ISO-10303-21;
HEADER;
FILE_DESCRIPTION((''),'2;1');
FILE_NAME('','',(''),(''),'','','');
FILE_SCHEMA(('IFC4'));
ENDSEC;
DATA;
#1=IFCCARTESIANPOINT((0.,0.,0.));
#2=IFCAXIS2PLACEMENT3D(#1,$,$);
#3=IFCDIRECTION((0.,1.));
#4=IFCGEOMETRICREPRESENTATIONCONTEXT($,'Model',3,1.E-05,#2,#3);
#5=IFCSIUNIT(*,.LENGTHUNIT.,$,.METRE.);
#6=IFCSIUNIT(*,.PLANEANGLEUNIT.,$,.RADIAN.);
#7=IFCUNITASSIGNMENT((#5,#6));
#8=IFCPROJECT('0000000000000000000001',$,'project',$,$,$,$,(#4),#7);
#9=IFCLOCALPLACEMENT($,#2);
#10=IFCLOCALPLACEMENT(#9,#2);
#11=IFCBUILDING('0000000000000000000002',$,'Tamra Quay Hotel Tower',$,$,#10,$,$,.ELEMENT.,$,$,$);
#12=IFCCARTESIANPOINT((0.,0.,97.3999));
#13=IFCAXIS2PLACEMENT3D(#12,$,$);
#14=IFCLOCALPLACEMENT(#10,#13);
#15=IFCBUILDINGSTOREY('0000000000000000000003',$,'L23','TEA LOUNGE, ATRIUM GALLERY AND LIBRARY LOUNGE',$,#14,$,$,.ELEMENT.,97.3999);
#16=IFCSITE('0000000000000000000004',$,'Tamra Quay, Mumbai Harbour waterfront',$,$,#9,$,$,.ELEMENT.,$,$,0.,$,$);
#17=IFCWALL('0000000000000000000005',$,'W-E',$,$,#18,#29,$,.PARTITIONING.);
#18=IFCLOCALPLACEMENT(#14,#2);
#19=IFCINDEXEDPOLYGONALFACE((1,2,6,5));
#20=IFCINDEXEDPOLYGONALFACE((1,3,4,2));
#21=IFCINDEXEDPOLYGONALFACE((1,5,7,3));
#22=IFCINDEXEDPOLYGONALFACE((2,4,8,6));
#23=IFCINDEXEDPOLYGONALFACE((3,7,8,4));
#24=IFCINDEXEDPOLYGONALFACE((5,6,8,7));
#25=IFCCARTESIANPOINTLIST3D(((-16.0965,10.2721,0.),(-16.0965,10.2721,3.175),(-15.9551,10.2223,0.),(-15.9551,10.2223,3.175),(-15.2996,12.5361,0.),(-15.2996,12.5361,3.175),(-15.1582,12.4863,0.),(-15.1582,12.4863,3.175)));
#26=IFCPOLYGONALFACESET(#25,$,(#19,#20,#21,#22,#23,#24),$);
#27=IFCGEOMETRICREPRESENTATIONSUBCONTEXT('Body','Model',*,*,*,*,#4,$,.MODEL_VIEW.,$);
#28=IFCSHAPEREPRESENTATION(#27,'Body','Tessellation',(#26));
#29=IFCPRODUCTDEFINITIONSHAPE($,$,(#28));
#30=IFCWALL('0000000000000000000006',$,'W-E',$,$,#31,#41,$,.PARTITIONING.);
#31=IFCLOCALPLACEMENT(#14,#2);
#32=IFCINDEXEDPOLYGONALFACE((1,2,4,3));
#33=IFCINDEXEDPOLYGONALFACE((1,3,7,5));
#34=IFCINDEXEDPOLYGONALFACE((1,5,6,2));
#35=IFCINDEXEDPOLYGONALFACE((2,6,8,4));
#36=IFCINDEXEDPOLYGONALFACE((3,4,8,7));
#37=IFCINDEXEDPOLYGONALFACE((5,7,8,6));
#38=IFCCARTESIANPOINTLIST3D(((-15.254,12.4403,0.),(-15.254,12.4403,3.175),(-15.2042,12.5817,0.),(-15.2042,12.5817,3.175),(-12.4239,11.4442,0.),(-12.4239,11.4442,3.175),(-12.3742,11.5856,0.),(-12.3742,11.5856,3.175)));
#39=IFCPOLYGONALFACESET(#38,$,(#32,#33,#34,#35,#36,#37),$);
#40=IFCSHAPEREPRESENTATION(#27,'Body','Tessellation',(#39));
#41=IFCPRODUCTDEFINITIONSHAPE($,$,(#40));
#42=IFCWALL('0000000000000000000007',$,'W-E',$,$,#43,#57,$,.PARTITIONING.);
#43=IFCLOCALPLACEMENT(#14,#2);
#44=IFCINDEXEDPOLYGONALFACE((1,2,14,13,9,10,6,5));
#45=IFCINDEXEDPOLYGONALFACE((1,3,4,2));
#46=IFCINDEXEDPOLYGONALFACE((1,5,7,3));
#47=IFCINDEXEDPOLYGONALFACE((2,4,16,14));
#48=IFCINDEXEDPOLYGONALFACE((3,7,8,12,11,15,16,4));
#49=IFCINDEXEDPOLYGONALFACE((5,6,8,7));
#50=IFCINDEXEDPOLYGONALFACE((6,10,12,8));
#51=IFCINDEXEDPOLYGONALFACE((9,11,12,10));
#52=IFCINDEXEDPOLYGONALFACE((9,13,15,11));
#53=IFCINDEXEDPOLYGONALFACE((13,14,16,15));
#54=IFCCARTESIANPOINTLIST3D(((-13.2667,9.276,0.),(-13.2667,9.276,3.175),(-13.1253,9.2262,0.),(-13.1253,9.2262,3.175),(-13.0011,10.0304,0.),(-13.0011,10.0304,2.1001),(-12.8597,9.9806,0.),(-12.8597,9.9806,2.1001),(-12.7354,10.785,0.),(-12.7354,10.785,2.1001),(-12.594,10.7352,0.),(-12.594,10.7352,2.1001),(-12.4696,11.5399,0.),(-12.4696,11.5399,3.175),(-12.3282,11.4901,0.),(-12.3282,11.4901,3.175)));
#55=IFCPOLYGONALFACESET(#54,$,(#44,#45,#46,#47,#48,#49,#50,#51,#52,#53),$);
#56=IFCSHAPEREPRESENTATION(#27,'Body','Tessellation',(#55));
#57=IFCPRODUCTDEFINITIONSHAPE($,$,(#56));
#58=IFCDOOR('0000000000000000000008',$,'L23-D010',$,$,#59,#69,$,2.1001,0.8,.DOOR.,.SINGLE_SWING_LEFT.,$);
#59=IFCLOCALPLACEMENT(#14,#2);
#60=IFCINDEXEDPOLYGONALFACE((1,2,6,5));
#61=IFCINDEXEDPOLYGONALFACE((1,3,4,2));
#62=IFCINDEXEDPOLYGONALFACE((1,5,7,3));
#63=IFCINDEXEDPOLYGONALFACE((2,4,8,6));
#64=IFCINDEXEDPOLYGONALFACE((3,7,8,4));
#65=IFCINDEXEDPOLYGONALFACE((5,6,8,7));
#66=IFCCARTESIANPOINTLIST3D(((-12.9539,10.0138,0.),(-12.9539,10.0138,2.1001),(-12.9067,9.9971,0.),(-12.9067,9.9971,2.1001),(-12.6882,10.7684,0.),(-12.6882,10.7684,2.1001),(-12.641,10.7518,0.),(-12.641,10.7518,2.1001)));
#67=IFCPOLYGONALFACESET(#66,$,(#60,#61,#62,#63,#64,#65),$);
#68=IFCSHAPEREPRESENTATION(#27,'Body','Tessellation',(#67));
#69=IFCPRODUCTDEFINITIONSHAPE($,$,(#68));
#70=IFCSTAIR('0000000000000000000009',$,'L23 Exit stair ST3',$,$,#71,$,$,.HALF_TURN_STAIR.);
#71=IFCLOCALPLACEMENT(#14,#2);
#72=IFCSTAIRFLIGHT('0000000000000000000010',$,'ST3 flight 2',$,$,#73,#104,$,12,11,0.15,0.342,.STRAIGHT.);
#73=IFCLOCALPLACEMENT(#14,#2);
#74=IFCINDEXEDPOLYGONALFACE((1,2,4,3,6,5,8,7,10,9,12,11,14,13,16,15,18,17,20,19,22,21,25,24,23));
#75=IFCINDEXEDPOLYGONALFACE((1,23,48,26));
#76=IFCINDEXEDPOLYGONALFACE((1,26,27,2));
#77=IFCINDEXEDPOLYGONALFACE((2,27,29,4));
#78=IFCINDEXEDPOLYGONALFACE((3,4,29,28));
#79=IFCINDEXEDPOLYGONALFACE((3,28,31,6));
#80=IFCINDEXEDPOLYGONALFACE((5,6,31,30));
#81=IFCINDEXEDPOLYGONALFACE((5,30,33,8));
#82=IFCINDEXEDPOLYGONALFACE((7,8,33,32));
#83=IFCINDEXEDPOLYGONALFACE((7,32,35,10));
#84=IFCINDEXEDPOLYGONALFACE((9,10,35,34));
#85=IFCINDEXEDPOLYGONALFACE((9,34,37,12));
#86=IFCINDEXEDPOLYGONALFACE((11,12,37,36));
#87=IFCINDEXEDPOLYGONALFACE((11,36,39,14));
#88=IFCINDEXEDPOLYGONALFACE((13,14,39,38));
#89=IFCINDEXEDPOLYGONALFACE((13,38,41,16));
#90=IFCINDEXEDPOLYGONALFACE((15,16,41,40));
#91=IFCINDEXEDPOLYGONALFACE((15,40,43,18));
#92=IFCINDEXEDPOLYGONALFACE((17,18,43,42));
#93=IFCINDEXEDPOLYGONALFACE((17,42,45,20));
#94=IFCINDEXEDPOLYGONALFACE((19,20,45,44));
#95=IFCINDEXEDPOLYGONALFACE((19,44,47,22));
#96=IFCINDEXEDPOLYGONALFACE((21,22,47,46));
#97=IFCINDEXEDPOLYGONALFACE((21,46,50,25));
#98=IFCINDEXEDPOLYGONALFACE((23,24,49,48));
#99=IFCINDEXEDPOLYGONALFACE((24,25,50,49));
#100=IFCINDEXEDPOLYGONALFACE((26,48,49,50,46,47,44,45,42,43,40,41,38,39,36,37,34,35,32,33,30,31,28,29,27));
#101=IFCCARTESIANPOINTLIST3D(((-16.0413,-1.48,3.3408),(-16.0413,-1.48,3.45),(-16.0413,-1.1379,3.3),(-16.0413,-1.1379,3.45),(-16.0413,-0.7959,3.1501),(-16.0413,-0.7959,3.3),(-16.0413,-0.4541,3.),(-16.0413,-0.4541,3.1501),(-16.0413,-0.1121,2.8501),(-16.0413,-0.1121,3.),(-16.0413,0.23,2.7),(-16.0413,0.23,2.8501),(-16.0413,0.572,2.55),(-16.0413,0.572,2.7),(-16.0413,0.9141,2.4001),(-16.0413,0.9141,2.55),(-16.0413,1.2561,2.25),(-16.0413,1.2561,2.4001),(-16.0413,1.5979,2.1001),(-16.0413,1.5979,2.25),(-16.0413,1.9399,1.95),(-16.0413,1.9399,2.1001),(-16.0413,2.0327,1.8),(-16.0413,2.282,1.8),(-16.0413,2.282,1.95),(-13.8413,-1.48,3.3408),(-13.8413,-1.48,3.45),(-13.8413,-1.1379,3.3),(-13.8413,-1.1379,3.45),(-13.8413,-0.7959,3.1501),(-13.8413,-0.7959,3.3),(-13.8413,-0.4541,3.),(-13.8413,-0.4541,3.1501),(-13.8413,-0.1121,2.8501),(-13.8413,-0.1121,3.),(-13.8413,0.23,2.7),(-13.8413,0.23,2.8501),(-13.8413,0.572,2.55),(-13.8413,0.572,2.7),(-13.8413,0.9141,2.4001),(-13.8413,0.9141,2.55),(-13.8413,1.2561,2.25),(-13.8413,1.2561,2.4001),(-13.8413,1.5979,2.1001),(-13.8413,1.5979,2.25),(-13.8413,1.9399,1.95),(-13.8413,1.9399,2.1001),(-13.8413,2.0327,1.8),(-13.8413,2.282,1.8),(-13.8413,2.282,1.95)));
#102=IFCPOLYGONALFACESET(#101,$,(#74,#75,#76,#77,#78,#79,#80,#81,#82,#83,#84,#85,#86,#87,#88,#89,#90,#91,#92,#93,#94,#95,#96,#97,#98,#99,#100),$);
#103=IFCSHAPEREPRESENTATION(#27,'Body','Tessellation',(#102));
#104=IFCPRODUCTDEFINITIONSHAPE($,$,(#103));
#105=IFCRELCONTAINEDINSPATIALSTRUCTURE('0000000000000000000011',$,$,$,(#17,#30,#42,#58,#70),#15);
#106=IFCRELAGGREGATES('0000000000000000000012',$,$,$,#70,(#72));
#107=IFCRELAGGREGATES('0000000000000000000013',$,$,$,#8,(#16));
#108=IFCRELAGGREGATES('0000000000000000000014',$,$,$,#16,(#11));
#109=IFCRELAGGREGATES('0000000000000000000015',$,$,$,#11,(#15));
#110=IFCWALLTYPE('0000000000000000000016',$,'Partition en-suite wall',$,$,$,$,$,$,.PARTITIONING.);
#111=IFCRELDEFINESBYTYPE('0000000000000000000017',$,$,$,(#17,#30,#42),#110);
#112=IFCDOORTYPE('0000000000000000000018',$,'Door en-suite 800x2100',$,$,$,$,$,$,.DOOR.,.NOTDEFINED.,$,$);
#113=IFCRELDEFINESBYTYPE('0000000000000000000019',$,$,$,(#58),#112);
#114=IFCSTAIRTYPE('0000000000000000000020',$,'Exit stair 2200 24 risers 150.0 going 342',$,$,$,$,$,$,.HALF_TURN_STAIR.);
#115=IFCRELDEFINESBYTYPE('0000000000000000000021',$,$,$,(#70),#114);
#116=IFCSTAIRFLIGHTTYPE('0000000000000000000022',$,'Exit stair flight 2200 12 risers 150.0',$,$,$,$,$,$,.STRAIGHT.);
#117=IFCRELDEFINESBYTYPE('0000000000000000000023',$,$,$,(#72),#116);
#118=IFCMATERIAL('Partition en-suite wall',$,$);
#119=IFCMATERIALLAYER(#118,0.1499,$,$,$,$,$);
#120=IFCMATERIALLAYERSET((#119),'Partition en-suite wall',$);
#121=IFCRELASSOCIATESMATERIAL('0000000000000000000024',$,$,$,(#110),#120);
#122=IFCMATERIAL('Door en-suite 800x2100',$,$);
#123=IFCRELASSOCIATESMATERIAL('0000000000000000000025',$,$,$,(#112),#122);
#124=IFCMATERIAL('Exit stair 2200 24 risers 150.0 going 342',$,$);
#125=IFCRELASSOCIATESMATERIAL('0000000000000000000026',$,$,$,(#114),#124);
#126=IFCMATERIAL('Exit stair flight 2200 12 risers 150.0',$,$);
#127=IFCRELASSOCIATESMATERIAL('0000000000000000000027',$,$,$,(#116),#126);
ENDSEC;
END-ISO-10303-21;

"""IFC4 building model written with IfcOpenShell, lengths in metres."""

from ifc_helpers import new_model, si_unit, direction, frame, frame_2d, origin, place, context, subcontext, project, spatial, polyline, rectangle, outline, extrude, material, layer, layer_set, type_object, element, fill, aggregate, save


model = new_model("IFC4")

# Units and contexts
model_context = context("Model", 3, precision=1e-05, world=origin(), true_north=direction((0.0, 1.0)))
body_context = subcontext(model_context, "Body", "Model", "MODEL_VIEW")
ifc_project = project(units=[si_unit("LENGTHUNIT", "METRE"), si_unit("PLANEANGLEUNIT", "RADIAN")], contexts=[model_context])

# Site, building, storey
site_placement = place(None, origin())
site = spatial("IfcSite", under=ifc_project, at=site_placement, Name="Tamra Quay, Mumbai Harbour waterfront", CompositionType="ELEMENT", RefElevation=0.0)
building_placement = place(site_placement, origin())
building = spatial("IfcBuilding", under=site, at=building_placement, Name="Tamra Quay Hotel Tower", CompositionType="ELEMENT")
storey_placement = place(building_placement, frame((0.0, 0.0, 97.3999)))
storey = spatial("IfcBuildingStorey", under=building, at=storey_placement, Name="L23", Description="TEA LOUNGE, ATRIUM GALLERY AND LIBRARY LOUNGE", CompositionType="ELEMENT", Elevation=97.3999)

# Walls
ifc_material_1 = material(Name="Partition en-suite wall")
ifc_layer_1 = layer(ifc_material_1, 0.1499)
ifc_layer_set_1 = layer_set([ifc_layer_1], Name="Partition en-suite wall")
wall_type_1 = type_object("IfcWallType", Name="Partition en-suite wall", PredefinedType="PARTITIONING", material=ifc_layer_set_1)
wall_1_placement = place(storey_placement, frame((-16.0259, 10.2471, 0.0), z_axis=(0.0, 0.0, 1.0), x_axis=(0.332022, 0.943272, 0.0)))
element("IfcWall", 1, at=wall_1_placement, inside=storey, type_object=wall_type_1, Name="W-E", PredefinedType="PARTITIONING", context=body_context, shape_type="SweptSolid", body=[
    extrude(rectangle(XDim=2.4001, YDim=0.1499, at=frame_2d((1.2002, 0.0))), origin(), (0.0, 0.0, 1.0), 3.175),
])
wall_2_placement = place(storey_placement, frame((-15.229, 12.511, 0.0), z_axis=(0.0, 0.0, 1.0), x_axis=(0.943278, -0.332003, 0.0)))
element("IfcWall", 2, at=wall_2_placement, inside=storey, type_object=wall_type_1, Name="W-E", PredefinedType="PARTITIONING", context=body_context, shape_type="SweptSolid", body=[
    extrude(rectangle(XDim=3.0002, YDim=0.1499, at=frame_2d((1.5, 0.0))), origin(), (0.0, 0.0, 1.0), 3.175),
])

# Wall, opening, door
wall_3_placement = place(storey_placement, frame((-13.196, 9.251, 0.0), z_axis=(0.0, 0.0, 1.0), x_axis=(0.332112, 0.94324, 0.0)))
wall_3 = element("IfcWall", 3, at=wall_3_placement, inside=storey, type_object=wall_type_1, Name="W-E", PredefinedType="PARTITIONING", context=body_context, shape_type="SweptSolid", body=[
    extrude(rectangle(XDim=2.4001, YDim=0.1499, at=frame_2d((1.2002, 0.0))), origin(), (0.0, 0.0, 1.0), 3.175),
])
opening_1_placement = place(wall_3_placement, frame((0.8, 0.0, 0.0)))
opening_1 = element("IfcOpeningElement", 4, at=opening_1_placement, cuts=wall_3, PredefinedType="OPENING", context=body_context, shape_type="SweptSolid", body=[
    extrude(rectangle(XDim=0.8, YDim=2.1001, at=frame_2d((0.3999, 1.05))), frame((0.0, 0.085, 0.0), z_axis=(0.0, -1.0, 0.0), x_axis=(1.0, 0.0, 0.0)), (0.0, 0.0, 1.0), 0.1699),
])
ifc_material_2 = material(Name="Door en-suite 800x2100")
door_type_1 = type_object("IfcDoorType", Name="Door en-suite 800x2100", OperationType="NOTDEFINED", PredefinedType="DOOR", material=ifc_material_2)
door_1_placement = place(opening_1_placement, origin())
door_1 = element("IfcDoor", 5, at=door_1_placement, inside=storey, type_object=door_type_1, Name="L23-D010", OperationType="SINGLE_SWING_LEFT", OverallHeight=2.1001, OverallWidth=0.8, PredefinedType="DOOR", context=body_context, shape_type="SweptSolid", body=[
    extrude(rectangle(XDim=0.8, YDim=2.1001, at=frame_2d((0.3999, 1.05))), frame((0.0, 0.0249, 0.0), z_axis=(0.0, -1.0, 0.0), x_axis=(1.0, 0.0, 0.0)), (0.0, 0.0, 1.0), 0.05),
])
fill(opening_1, door_1)

# Stair, stair flight
ifc_material_3 = material(Name="Exit stair 2200 24 risers 150.0 going 342")
stair_type = type_object("IfcStairType", Name="Exit stair 2200 24 risers 150.0 going 342", PredefinedType="HALF_TURN_STAIR", material=ifc_material_3)
stair_placement = place(storey_placement, origin())
stair = element("IfcStair", 6, at=stair_placement, inside=storey, type_object=stair_type, Name="L23 Exit stair ST3", PredefinedType="HALF_TURN_STAIR")
ifc_material_4 = material(Name="Exit stair flight 2200 12 risers 150.0")
stair_flight_type = type_object("IfcStairFlightType", Name="Exit stair flight 2200 12 risers 150.0", PredefinedType="STRAIGHT", material=ifc_material_4)
stair_flight_placement = place(storey_placement, frame((-14.9414, 2.282, 1.8), z_axis=(0.0, 0.0, 1.0), x_axis=(0.0, -1.0, 0.0)))
stair_flight = element("IfcStairFlight", 7, at=stair_flight_placement, type_object=stair_flight_type, Name="ST3 flight 2", NumberOfRisers=12, NumberOfTreads=11, PredefinedType="STRAIGHT", RiserHeight=0.15, TreadLength=0.342, context=body_context, shape_type="SweptSolid", body=[
    extrude(outline(polyline([(0.0, 0.0), (0.0, 0.1499), (0.342, 0.1499), (0.342, 0.3), (0.6841, 0.3), (0.6841, 0.45), (1.0259, 0.45), (1.0259, 0.6001), (1.3679, 0.6001), (1.3679, 0.75), (1.71, 0.75), (1.71, 0.8999), (2.052, 0.8999), (2.052, 1.05), (2.394, 1.05), (2.394, 1.2), (2.7361, 1.2), (2.7361, 1.3501), (3.0779, 1.3501), (3.0779, 1.5), (3.4199, 1.5), (3.4199, 1.6499), (3.762, 1.6499), (3.762, 1.8), (3.762, 1.5408), (0.2493, 0.0), (0.0, 0.0)])), frame((0.0, 1.1001, 0.0), z_axis=(0.0, -1.0, 0.0), x_axis=(1.0, 0.0, 0.0)), (0.0, 0.0, 1.0), 2.2),
])
aggregate(stair, [stair_flight])

save(model, "model.ifc")
